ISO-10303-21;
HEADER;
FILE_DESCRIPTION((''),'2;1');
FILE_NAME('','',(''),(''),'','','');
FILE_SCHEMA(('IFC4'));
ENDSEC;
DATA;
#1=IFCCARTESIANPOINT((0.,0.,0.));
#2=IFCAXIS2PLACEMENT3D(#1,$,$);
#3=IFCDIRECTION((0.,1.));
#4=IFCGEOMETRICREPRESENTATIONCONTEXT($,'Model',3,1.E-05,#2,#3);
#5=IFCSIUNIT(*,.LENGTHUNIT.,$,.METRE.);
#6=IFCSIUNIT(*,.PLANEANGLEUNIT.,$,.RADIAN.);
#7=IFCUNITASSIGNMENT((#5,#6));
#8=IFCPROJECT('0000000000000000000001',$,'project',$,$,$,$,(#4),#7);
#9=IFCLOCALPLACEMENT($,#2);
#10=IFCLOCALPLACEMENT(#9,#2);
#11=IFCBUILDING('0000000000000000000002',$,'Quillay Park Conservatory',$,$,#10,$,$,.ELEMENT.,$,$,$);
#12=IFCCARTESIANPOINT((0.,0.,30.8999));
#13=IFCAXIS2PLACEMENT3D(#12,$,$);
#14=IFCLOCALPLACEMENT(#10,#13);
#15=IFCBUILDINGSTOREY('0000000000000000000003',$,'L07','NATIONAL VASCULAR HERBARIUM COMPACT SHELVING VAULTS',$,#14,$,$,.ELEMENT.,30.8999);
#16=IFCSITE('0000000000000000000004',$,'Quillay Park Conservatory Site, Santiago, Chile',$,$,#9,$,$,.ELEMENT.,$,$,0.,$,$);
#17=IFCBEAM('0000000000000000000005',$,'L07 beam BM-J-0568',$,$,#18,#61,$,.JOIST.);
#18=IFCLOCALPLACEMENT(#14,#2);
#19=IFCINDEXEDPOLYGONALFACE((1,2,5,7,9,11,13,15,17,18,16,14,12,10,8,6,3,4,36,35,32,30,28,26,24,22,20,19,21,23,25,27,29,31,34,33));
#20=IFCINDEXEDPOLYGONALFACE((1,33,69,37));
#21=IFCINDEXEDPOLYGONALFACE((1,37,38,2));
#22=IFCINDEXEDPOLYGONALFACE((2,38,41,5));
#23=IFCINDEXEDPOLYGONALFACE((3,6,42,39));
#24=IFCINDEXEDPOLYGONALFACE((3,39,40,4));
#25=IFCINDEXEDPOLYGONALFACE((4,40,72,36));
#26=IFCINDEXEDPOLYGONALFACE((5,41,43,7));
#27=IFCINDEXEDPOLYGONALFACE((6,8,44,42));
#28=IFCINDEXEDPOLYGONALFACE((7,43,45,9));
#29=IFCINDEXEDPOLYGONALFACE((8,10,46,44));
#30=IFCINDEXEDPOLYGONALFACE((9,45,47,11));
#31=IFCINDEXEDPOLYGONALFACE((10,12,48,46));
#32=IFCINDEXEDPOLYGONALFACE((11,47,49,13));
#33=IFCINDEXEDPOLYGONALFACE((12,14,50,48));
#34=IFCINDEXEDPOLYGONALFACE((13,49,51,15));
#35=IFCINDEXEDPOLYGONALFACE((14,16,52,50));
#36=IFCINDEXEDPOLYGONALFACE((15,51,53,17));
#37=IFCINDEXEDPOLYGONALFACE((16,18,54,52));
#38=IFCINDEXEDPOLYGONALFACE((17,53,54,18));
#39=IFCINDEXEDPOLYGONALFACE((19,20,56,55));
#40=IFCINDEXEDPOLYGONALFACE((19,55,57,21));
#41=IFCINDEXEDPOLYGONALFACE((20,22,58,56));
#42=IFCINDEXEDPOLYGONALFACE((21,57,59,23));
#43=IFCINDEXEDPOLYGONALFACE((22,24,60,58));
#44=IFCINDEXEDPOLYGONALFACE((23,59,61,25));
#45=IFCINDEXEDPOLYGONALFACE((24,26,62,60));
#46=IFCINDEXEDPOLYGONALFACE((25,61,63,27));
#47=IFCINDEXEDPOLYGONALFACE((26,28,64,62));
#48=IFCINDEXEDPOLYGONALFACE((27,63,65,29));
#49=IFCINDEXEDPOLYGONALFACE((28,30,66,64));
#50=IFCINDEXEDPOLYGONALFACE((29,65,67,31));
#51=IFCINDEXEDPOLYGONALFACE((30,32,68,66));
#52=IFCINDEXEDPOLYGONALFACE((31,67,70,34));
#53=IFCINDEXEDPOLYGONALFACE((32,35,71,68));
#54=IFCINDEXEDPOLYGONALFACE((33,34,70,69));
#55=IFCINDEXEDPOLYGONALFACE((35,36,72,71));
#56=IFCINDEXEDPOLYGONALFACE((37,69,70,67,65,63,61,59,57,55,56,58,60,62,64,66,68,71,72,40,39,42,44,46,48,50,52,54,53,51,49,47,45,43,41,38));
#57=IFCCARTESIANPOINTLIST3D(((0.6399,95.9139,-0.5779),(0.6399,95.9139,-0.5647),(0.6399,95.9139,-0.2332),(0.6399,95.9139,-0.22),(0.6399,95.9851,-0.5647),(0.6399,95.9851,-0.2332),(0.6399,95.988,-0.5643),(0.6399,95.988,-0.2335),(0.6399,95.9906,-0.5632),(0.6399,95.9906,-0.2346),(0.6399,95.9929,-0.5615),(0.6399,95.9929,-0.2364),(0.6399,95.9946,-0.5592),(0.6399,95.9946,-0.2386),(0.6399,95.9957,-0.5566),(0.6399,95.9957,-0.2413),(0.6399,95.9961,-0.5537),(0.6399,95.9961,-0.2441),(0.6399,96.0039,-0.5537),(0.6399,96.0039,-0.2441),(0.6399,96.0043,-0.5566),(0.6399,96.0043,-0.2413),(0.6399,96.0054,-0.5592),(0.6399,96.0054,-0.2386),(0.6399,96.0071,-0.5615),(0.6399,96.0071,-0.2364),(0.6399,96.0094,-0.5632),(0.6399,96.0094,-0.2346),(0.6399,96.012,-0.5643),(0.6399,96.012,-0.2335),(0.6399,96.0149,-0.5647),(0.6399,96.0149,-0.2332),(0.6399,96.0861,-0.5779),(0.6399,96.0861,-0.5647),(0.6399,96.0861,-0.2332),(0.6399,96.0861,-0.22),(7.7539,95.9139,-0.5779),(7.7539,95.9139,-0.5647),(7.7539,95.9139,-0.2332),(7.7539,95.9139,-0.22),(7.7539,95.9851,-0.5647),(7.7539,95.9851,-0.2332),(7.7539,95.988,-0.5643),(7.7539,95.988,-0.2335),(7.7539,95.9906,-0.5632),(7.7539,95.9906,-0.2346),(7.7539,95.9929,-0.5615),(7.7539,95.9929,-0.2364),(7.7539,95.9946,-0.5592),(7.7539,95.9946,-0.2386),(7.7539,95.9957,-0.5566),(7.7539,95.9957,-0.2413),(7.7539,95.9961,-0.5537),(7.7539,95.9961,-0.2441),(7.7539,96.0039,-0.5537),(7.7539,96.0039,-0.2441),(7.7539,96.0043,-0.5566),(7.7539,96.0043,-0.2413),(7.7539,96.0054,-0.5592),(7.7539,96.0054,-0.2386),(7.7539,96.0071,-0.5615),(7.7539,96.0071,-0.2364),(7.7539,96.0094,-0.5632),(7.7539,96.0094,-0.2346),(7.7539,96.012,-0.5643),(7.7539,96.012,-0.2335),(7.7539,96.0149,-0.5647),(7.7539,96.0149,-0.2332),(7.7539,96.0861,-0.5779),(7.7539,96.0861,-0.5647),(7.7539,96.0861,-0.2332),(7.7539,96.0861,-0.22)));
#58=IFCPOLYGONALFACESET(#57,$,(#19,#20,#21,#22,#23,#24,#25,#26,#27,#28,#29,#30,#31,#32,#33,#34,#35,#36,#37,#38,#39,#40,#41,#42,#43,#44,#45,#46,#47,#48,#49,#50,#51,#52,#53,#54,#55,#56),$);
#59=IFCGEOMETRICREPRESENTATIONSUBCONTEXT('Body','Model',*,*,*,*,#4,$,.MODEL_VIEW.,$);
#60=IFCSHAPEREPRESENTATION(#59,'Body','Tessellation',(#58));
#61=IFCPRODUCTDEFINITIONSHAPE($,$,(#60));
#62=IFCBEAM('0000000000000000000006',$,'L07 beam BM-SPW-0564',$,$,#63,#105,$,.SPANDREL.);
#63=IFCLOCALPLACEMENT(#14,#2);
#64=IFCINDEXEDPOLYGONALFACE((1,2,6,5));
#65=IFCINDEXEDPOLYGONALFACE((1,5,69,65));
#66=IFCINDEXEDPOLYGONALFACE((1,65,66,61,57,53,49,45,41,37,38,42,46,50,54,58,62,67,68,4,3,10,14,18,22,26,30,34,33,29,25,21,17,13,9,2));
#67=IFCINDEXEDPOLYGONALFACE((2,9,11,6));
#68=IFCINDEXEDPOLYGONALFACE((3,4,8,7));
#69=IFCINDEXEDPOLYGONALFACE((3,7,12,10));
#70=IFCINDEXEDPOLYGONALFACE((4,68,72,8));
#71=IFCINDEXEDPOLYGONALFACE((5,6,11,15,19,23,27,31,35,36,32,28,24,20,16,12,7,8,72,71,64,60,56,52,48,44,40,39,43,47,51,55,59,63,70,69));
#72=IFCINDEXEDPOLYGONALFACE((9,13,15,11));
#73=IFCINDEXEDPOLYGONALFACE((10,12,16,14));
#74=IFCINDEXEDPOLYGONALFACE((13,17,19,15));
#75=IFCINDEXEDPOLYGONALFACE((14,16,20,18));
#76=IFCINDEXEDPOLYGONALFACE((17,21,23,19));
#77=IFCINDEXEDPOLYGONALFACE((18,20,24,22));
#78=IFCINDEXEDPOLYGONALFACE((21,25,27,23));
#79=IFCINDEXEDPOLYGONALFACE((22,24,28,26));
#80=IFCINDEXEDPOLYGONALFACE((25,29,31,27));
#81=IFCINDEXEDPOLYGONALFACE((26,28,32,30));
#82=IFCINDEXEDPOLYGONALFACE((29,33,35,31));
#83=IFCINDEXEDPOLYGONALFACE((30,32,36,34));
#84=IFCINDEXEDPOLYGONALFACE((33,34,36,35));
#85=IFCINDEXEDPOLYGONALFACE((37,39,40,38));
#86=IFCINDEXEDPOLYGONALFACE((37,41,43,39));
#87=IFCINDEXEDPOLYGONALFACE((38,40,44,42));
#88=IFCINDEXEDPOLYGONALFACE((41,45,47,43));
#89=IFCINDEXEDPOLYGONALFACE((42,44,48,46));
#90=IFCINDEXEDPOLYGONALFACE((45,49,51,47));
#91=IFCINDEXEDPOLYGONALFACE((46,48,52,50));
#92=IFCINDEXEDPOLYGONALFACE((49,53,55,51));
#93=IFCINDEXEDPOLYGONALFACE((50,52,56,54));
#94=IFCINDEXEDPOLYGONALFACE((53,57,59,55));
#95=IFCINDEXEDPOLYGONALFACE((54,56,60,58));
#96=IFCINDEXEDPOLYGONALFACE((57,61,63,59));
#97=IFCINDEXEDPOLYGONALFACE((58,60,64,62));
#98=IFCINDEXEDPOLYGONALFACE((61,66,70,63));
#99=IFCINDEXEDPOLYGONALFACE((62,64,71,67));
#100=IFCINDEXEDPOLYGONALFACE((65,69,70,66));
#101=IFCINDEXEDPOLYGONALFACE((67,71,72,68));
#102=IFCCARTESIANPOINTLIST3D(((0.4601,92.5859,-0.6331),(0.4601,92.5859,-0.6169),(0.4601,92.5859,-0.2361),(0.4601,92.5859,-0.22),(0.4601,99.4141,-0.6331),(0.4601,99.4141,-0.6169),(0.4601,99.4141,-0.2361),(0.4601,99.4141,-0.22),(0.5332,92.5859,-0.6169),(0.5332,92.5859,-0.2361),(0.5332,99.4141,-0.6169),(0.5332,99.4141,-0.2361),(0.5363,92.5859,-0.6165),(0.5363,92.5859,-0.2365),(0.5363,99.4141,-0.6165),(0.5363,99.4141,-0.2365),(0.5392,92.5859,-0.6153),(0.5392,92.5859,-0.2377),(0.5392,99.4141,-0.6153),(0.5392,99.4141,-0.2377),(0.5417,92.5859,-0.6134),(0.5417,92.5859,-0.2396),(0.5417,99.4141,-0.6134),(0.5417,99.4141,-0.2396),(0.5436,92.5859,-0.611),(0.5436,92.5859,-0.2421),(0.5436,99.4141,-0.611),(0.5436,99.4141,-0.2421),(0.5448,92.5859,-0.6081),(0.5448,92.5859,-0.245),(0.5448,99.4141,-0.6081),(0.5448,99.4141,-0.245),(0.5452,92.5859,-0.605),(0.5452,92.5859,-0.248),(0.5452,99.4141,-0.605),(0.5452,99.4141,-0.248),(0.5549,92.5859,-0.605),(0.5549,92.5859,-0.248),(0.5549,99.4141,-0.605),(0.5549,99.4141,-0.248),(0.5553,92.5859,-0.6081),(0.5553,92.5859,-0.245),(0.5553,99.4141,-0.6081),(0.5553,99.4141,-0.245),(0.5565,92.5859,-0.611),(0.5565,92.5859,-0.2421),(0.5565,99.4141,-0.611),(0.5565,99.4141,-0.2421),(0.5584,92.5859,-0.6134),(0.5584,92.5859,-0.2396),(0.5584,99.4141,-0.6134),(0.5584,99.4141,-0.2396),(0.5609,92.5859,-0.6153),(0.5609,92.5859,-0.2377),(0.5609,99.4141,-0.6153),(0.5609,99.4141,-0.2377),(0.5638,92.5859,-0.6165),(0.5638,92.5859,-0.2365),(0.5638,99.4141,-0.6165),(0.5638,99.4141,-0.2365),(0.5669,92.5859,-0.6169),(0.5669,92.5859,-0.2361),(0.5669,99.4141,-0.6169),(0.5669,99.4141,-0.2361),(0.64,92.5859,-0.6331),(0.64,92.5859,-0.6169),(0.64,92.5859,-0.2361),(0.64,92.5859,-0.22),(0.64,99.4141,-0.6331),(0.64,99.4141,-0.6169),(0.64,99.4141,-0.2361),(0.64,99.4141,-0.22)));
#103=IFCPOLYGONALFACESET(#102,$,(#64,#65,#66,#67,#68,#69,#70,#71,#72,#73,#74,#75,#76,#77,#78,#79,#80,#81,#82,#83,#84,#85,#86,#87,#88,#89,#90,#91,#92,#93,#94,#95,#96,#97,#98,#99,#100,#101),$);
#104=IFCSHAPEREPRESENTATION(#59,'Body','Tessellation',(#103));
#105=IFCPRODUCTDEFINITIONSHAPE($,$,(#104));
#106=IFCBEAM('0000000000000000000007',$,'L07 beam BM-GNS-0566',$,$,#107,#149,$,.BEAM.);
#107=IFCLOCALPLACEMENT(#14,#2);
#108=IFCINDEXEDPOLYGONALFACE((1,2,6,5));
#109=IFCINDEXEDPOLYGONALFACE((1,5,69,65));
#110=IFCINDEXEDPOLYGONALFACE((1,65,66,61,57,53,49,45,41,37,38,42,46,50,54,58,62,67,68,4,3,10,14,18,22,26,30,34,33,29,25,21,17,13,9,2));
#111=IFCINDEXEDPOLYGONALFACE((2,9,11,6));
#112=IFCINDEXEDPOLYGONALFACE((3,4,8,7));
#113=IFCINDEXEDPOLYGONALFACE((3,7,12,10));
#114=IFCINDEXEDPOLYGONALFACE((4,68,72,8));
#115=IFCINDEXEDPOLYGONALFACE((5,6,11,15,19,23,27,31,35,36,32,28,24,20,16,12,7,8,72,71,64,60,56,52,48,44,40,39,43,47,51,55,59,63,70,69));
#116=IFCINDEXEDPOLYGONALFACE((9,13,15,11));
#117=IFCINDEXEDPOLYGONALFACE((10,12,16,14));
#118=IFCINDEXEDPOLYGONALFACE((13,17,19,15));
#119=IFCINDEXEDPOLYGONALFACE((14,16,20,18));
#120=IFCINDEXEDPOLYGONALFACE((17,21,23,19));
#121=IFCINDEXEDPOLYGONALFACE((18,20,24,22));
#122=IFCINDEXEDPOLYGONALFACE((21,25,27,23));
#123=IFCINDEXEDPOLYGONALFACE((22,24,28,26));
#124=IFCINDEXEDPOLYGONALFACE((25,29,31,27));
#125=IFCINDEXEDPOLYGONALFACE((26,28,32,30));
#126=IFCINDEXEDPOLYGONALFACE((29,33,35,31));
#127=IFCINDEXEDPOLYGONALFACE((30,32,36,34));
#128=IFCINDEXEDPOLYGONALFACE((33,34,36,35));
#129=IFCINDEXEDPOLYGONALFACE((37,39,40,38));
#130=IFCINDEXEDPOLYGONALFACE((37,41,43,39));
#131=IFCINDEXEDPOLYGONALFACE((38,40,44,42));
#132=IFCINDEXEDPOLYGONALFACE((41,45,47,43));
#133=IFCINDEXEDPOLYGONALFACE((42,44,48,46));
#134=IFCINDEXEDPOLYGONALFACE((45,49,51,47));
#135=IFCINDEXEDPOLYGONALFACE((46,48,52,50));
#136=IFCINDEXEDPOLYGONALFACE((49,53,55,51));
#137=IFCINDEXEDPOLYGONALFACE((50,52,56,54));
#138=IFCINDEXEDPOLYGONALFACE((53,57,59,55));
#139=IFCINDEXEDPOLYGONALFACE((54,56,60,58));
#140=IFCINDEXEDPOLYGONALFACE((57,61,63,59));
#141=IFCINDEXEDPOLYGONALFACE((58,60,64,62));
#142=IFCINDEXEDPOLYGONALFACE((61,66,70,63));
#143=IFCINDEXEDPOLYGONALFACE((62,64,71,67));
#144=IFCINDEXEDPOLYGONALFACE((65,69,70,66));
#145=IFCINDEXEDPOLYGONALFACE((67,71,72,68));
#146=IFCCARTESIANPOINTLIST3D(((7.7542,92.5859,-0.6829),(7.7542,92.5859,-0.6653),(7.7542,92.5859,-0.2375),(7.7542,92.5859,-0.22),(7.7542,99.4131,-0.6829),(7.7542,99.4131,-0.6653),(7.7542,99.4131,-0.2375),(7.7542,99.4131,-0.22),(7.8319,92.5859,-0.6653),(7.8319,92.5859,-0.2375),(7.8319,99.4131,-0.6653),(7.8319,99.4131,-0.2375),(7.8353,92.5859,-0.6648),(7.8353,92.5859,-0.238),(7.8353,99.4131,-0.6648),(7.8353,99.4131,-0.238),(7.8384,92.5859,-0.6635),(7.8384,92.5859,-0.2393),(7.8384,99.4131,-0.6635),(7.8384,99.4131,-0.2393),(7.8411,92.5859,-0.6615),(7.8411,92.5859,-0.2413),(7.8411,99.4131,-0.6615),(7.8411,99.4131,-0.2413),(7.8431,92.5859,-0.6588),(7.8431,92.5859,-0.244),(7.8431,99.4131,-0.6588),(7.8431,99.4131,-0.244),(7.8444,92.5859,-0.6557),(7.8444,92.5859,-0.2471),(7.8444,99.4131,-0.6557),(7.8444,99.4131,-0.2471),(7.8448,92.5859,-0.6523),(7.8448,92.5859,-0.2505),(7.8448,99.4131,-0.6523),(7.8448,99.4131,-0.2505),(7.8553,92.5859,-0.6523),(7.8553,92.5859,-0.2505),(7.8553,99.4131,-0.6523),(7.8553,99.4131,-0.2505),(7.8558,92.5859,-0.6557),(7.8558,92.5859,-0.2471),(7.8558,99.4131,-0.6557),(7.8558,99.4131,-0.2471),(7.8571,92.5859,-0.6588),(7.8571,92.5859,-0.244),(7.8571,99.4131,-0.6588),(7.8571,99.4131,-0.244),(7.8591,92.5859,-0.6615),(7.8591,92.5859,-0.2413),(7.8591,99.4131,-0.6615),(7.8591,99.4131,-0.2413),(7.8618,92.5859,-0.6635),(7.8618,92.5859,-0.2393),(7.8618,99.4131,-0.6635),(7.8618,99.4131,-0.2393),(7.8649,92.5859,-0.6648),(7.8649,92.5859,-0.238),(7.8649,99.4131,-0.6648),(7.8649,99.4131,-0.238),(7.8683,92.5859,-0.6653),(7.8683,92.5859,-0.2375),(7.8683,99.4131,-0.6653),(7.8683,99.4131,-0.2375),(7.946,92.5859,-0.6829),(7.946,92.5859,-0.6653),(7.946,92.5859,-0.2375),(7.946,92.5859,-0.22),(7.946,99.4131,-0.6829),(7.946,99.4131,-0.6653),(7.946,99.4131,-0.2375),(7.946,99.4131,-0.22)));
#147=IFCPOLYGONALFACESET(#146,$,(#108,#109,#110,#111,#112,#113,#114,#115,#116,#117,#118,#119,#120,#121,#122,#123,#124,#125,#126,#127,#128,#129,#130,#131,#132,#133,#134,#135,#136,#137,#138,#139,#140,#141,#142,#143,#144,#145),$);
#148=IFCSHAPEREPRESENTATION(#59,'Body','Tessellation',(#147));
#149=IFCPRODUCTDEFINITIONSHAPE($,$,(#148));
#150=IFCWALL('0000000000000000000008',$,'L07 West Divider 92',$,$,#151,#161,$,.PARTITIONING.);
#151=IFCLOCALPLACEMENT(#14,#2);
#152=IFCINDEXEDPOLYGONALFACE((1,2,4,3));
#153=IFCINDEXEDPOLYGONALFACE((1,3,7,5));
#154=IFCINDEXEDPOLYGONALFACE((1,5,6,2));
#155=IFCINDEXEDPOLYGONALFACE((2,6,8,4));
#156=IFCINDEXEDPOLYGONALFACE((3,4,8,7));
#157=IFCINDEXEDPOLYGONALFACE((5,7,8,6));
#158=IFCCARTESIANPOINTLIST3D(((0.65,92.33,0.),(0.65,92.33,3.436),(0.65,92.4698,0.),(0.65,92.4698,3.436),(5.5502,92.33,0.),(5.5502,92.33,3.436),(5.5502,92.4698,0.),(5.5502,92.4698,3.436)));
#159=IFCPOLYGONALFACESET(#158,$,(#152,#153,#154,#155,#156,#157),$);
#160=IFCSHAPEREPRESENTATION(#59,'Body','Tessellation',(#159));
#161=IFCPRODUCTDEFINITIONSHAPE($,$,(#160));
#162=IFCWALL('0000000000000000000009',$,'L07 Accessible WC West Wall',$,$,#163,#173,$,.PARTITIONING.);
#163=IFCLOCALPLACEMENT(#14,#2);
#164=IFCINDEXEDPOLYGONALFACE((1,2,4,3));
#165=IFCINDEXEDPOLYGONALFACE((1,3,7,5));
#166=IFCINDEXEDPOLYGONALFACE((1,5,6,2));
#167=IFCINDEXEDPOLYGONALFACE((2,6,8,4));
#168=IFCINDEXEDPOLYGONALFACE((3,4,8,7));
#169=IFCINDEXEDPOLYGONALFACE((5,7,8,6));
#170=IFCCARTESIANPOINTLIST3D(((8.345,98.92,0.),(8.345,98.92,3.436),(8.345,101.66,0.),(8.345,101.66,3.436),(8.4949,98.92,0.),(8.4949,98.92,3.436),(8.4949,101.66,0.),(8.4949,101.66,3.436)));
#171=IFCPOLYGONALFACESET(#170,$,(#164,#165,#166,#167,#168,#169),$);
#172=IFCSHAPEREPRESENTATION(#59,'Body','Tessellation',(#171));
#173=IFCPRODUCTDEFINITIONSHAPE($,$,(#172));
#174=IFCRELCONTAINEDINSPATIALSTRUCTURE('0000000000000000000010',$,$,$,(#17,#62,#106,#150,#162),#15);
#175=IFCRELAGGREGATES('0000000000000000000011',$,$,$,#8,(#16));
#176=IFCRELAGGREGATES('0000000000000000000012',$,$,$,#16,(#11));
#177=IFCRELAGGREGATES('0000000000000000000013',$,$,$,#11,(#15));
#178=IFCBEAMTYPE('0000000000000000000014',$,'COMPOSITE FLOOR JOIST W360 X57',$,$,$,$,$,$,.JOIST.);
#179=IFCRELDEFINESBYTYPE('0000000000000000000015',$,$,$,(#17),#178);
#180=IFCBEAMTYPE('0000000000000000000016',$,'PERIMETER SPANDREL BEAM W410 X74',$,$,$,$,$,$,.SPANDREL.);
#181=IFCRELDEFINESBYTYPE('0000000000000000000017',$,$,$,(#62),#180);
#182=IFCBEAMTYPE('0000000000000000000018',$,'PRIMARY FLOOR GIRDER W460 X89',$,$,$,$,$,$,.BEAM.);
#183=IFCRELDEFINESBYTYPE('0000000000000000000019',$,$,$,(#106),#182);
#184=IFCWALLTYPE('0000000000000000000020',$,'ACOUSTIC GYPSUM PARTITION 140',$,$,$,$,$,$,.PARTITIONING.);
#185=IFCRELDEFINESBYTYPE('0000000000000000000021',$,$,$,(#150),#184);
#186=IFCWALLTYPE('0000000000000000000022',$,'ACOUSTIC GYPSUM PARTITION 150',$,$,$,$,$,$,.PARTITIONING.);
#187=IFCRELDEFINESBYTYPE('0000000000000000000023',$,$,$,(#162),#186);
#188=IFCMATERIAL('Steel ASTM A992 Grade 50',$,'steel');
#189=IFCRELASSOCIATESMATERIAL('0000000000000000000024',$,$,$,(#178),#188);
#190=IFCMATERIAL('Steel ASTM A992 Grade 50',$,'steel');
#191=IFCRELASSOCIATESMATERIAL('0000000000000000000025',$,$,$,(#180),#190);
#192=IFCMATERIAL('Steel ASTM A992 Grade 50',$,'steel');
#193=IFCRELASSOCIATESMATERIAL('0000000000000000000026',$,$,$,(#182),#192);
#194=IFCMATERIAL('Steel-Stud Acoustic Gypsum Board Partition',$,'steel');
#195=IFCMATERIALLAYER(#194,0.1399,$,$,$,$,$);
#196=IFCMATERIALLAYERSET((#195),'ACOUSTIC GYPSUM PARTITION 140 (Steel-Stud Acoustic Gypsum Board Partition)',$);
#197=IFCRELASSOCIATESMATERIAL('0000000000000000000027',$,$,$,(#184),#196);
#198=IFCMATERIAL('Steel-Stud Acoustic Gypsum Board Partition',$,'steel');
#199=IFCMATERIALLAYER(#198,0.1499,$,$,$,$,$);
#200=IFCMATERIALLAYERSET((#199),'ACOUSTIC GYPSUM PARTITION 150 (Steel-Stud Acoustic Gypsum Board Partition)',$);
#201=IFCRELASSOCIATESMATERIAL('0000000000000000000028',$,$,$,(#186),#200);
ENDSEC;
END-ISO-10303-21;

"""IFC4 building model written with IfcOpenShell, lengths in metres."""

from ifc_helpers import new_model, si_unit, direction, frame, frame_2d, origin, origin_2d, place, context, subcontext, project, spatial, rectangle, i_section, extrude, material, layer, layer_set, material_profile, profile_set, type_object, element, save


model = new_model("IFC4")

# Units and contexts
model_context = context("Model", 3, precision=1e-05, world=origin(), true_north=direction((0.0, 1.0)))
body_context = subcontext(model_context, "Body", "Model", "MODEL_VIEW")
ifc_project = project(units=[si_unit("LENGTHUNIT", "METRE"), si_unit("PLANEANGLEUNIT", "RADIAN")], contexts=[model_context])

# Site, building, storey
site_placement = place(None, origin())
site = spatial("IfcSite", under=ifc_project, at=site_placement, Name="Quillay Park Conservatory Site, Santiago, Chile", CompositionType="ELEMENT", RefElevation=0.0)
building_placement = place(site_placement, origin())
building = spatial("IfcBuilding", under=site, at=building_placement, Name="Quillay Park Conservatory", CompositionType="ELEMENT")
storey_placement = place(building_placement, frame((0.0, 0.0, 30.8999)))
storey = spatial("IfcBuildingStorey", under=building, at=storey_placement, Name="L07", Description="NATIONAL VASCULAR HERBARIUM COMPACT SHELVING VAULTS", CompositionType="ELEMENT", Elevation=30.8999)

# Beams
ifc_material_1 = material(Name="Steel ASTM A992 Grade 50", Category="steel")
ifc_material_profile_1 = material_profile(ifc_material_1, i_section(OverallWidth=0.1721, OverallDepth=0.3579, WebThickness=0.0078, FlangeThickness=0.0132, FilletRadius=0.011, at=origin_2d()), Name="W360x57")
ifc_profile_set_1 = profile_set([ifc_material_profile_1], Name="Steel ASTM A992 Grade 50")
beam_type_1 = type_object("IfcBeamType", Name="COMPOSITE FLOOR JOIST W360 X57", PredefinedType="JOIST", material=ifc_profile_set_1)
beam_1_placement = place(storey_placement, frame((0.6399, 96.0, -0.3989), z_axis=(1.0, 0.0, 0.0), x_axis=(0.0, 1.0, 0.0)))
element("IfcBeam", 1, at=beam_1_placement, inside=storey, type_object=beam_type_1, Name="L07 beam BM-J-0568", PredefinedType="JOIST", context=body_context, shape_type="SweptSolid", body=[
    extrude(i_section(OverallWidth=0.1721, OverallDepth=0.3579, WebThickness=0.0078, FlangeThickness=0.0132, FilletRadius=0.011, at=origin_2d()), origin(), (0.0, 0.0, 1.0), 7.114),
])
ifc_material_2 = material(Name="Steel ASTM A992 Grade 50", Category="steel")
ifc_material_profile_2 = material_profile(ifc_material_2, i_section(OverallWidth=0.1799, OverallDepth=0.4131, WebThickness=0.0098, FlangeThickness=0.0161, FilletRadius=0.012, at=origin_2d()), Name="W410x74")
ifc_profile_set_2 = profile_set([ifc_material_profile_2], Name="Steel ASTM A992 Grade 50")
beam_type_2 = type_object("IfcBeamType", Name="PERIMETER SPANDREL BEAM W410 X74", PredefinedType="SPANDREL", material=ifc_profile_set_2)
beam_2_placement = place(storey_placement, frame((0.55, 92.5859, -0.4265), z_axis=(0.0, 1.0, 0.0), x_axis=(-1.0, 0.0, 0.0)))
element("IfcBeam", 2, at=beam_2_placement, inside=storey, type_object=beam_type_2, Name="L07 beam BM-SPW-0564", PredefinedType="SPANDREL", context=body_context, shape_type="SweptSolid", body=[
    extrude(i_section(OverallWidth=0.1799, OverallDepth=0.4131, WebThickness=0.0098, FlangeThickness=0.0161, FilletRadius=0.012, at=origin_2d()), origin(), (0.0, 0.0, 1.0), 6.8281),
])
ifc_material_3 = material(Name="Steel ASTM A992 Grade 50", Category="steel")
ifc_material_profile_3 = material_profile(ifc_material_3, i_section(OverallWidth=0.1919, OverallDepth=0.4629, WebThickness=0.0105, FlangeThickness=0.0176, FilletRadius=0.0129, at=origin_2d()), Name="W460x89")
ifc_profile_set_3 = profile_set([ifc_material_profile_3], Name="Steel ASTM A992 Grade 50")
beam_type_3 = type_object("IfcBeamType", Name="PRIMARY FLOOR GIRDER W460 X89", PredefinedType="BEAM", material=ifc_profile_set_3)
beam_3_placement = place(storey_placement, frame((7.8501, 92.5859, -0.4514), z_axis=(0.0, 1.0, 0.0), x_axis=(-1.0, 0.0, 0.0)))
element("IfcBeam", 3, at=beam_3_placement, inside=storey, type_object=beam_type_3, Name="L07 beam BM-GNS-0566", PredefinedType="BEAM", context=body_context, shape_type="SweptSolid", body=[
    extrude(i_section(OverallWidth=0.1919, OverallDepth=0.4629, WebThickness=0.0105, FlangeThickness=0.0176, FilletRadius=0.0129, at=origin_2d()), origin(), (0.0, 0.0, 1.0), 6.8271),
])

# Walls
ifc_material_4 = material(Name="Steel-Stud Acoustic Gypsum Board Partition", Category="steel")
ifc_layer_1 = layer(ifc_material_4, 0.1399)
ifc_layer_set_1 = layer_set([ifc_layer_1], Name="ACOUSTIC GYPSUM PARTITION 140 (Steel-Stud Acoustic Gypsum Board Partition)")
wall_type_1 = type_object("IfcWallType", Name="ACOUSTIC GYPSUM PARTITION 140", PredefinedType="PARTITIONING", material=ifc_layer_set_1)
wall_1_placement = place(storey_placement, frame((0.6499, 92.3999, 0.0), z_axis=(0.0, 0.0, 1.0), x_axis=(1.0, 0.0, 0.0)))
element("IfcWall", 4, at=wall_1_placement, inside=storey, type_object=wall_type_1, Name="L07 West Divider 92", PredefinedType="PARTITIONING", context=body_context, shape_type="SweptSolid", body=[
    extrude(rectangle(XDim=4.9001, YDim=0.1399, at=frame_2d((2.4502, 0.0))), origin(), (0.0, 0.0, 1.0), 3.436),
])
ifc_material_5 = material(Name="Steel-Stud Acoustic Gypsum Board Partition", Category="steel")
ifc_layer_2 = layer(ifc_material_5, 0.1499)
ifc_layer_set_2 = layer_set([ifc_layer_2], Name="ACOUSTIC GYPSUM PARTITION 150 (Steel-Stud Acoustic Gypsum Board Partition)")
wall_type_2 = type_object("IfcWallType", Name="ACOUSTIC GYPSUM PARTITION 150", PredefinedType="PARTITIONING", material=ifc_layer_set_2)
wall_2_placement = place(storey_placement, frame((8.4199, 98.9199, 0.0), z_axis=(0.0, 0.0, 1.0), x_axis=(0.0, 1.0, 0.0)))
element("IfcWall", 5, at=wall_2_placement, inside=storey, type_object=wall_type_2, Name="L07 Accessible WC West Wall", PredefinedType="PARTITIONING", context=body_context, shape_type="SweptSolid", body=[
    extrude(rectangle(XDim=2.74, YDim=0.1499, at=frame_2d((1.3701, 0.0))), origin(), (0.0, 0.0, 1.0), 3.436),
])

save(model, "model.ifc")
